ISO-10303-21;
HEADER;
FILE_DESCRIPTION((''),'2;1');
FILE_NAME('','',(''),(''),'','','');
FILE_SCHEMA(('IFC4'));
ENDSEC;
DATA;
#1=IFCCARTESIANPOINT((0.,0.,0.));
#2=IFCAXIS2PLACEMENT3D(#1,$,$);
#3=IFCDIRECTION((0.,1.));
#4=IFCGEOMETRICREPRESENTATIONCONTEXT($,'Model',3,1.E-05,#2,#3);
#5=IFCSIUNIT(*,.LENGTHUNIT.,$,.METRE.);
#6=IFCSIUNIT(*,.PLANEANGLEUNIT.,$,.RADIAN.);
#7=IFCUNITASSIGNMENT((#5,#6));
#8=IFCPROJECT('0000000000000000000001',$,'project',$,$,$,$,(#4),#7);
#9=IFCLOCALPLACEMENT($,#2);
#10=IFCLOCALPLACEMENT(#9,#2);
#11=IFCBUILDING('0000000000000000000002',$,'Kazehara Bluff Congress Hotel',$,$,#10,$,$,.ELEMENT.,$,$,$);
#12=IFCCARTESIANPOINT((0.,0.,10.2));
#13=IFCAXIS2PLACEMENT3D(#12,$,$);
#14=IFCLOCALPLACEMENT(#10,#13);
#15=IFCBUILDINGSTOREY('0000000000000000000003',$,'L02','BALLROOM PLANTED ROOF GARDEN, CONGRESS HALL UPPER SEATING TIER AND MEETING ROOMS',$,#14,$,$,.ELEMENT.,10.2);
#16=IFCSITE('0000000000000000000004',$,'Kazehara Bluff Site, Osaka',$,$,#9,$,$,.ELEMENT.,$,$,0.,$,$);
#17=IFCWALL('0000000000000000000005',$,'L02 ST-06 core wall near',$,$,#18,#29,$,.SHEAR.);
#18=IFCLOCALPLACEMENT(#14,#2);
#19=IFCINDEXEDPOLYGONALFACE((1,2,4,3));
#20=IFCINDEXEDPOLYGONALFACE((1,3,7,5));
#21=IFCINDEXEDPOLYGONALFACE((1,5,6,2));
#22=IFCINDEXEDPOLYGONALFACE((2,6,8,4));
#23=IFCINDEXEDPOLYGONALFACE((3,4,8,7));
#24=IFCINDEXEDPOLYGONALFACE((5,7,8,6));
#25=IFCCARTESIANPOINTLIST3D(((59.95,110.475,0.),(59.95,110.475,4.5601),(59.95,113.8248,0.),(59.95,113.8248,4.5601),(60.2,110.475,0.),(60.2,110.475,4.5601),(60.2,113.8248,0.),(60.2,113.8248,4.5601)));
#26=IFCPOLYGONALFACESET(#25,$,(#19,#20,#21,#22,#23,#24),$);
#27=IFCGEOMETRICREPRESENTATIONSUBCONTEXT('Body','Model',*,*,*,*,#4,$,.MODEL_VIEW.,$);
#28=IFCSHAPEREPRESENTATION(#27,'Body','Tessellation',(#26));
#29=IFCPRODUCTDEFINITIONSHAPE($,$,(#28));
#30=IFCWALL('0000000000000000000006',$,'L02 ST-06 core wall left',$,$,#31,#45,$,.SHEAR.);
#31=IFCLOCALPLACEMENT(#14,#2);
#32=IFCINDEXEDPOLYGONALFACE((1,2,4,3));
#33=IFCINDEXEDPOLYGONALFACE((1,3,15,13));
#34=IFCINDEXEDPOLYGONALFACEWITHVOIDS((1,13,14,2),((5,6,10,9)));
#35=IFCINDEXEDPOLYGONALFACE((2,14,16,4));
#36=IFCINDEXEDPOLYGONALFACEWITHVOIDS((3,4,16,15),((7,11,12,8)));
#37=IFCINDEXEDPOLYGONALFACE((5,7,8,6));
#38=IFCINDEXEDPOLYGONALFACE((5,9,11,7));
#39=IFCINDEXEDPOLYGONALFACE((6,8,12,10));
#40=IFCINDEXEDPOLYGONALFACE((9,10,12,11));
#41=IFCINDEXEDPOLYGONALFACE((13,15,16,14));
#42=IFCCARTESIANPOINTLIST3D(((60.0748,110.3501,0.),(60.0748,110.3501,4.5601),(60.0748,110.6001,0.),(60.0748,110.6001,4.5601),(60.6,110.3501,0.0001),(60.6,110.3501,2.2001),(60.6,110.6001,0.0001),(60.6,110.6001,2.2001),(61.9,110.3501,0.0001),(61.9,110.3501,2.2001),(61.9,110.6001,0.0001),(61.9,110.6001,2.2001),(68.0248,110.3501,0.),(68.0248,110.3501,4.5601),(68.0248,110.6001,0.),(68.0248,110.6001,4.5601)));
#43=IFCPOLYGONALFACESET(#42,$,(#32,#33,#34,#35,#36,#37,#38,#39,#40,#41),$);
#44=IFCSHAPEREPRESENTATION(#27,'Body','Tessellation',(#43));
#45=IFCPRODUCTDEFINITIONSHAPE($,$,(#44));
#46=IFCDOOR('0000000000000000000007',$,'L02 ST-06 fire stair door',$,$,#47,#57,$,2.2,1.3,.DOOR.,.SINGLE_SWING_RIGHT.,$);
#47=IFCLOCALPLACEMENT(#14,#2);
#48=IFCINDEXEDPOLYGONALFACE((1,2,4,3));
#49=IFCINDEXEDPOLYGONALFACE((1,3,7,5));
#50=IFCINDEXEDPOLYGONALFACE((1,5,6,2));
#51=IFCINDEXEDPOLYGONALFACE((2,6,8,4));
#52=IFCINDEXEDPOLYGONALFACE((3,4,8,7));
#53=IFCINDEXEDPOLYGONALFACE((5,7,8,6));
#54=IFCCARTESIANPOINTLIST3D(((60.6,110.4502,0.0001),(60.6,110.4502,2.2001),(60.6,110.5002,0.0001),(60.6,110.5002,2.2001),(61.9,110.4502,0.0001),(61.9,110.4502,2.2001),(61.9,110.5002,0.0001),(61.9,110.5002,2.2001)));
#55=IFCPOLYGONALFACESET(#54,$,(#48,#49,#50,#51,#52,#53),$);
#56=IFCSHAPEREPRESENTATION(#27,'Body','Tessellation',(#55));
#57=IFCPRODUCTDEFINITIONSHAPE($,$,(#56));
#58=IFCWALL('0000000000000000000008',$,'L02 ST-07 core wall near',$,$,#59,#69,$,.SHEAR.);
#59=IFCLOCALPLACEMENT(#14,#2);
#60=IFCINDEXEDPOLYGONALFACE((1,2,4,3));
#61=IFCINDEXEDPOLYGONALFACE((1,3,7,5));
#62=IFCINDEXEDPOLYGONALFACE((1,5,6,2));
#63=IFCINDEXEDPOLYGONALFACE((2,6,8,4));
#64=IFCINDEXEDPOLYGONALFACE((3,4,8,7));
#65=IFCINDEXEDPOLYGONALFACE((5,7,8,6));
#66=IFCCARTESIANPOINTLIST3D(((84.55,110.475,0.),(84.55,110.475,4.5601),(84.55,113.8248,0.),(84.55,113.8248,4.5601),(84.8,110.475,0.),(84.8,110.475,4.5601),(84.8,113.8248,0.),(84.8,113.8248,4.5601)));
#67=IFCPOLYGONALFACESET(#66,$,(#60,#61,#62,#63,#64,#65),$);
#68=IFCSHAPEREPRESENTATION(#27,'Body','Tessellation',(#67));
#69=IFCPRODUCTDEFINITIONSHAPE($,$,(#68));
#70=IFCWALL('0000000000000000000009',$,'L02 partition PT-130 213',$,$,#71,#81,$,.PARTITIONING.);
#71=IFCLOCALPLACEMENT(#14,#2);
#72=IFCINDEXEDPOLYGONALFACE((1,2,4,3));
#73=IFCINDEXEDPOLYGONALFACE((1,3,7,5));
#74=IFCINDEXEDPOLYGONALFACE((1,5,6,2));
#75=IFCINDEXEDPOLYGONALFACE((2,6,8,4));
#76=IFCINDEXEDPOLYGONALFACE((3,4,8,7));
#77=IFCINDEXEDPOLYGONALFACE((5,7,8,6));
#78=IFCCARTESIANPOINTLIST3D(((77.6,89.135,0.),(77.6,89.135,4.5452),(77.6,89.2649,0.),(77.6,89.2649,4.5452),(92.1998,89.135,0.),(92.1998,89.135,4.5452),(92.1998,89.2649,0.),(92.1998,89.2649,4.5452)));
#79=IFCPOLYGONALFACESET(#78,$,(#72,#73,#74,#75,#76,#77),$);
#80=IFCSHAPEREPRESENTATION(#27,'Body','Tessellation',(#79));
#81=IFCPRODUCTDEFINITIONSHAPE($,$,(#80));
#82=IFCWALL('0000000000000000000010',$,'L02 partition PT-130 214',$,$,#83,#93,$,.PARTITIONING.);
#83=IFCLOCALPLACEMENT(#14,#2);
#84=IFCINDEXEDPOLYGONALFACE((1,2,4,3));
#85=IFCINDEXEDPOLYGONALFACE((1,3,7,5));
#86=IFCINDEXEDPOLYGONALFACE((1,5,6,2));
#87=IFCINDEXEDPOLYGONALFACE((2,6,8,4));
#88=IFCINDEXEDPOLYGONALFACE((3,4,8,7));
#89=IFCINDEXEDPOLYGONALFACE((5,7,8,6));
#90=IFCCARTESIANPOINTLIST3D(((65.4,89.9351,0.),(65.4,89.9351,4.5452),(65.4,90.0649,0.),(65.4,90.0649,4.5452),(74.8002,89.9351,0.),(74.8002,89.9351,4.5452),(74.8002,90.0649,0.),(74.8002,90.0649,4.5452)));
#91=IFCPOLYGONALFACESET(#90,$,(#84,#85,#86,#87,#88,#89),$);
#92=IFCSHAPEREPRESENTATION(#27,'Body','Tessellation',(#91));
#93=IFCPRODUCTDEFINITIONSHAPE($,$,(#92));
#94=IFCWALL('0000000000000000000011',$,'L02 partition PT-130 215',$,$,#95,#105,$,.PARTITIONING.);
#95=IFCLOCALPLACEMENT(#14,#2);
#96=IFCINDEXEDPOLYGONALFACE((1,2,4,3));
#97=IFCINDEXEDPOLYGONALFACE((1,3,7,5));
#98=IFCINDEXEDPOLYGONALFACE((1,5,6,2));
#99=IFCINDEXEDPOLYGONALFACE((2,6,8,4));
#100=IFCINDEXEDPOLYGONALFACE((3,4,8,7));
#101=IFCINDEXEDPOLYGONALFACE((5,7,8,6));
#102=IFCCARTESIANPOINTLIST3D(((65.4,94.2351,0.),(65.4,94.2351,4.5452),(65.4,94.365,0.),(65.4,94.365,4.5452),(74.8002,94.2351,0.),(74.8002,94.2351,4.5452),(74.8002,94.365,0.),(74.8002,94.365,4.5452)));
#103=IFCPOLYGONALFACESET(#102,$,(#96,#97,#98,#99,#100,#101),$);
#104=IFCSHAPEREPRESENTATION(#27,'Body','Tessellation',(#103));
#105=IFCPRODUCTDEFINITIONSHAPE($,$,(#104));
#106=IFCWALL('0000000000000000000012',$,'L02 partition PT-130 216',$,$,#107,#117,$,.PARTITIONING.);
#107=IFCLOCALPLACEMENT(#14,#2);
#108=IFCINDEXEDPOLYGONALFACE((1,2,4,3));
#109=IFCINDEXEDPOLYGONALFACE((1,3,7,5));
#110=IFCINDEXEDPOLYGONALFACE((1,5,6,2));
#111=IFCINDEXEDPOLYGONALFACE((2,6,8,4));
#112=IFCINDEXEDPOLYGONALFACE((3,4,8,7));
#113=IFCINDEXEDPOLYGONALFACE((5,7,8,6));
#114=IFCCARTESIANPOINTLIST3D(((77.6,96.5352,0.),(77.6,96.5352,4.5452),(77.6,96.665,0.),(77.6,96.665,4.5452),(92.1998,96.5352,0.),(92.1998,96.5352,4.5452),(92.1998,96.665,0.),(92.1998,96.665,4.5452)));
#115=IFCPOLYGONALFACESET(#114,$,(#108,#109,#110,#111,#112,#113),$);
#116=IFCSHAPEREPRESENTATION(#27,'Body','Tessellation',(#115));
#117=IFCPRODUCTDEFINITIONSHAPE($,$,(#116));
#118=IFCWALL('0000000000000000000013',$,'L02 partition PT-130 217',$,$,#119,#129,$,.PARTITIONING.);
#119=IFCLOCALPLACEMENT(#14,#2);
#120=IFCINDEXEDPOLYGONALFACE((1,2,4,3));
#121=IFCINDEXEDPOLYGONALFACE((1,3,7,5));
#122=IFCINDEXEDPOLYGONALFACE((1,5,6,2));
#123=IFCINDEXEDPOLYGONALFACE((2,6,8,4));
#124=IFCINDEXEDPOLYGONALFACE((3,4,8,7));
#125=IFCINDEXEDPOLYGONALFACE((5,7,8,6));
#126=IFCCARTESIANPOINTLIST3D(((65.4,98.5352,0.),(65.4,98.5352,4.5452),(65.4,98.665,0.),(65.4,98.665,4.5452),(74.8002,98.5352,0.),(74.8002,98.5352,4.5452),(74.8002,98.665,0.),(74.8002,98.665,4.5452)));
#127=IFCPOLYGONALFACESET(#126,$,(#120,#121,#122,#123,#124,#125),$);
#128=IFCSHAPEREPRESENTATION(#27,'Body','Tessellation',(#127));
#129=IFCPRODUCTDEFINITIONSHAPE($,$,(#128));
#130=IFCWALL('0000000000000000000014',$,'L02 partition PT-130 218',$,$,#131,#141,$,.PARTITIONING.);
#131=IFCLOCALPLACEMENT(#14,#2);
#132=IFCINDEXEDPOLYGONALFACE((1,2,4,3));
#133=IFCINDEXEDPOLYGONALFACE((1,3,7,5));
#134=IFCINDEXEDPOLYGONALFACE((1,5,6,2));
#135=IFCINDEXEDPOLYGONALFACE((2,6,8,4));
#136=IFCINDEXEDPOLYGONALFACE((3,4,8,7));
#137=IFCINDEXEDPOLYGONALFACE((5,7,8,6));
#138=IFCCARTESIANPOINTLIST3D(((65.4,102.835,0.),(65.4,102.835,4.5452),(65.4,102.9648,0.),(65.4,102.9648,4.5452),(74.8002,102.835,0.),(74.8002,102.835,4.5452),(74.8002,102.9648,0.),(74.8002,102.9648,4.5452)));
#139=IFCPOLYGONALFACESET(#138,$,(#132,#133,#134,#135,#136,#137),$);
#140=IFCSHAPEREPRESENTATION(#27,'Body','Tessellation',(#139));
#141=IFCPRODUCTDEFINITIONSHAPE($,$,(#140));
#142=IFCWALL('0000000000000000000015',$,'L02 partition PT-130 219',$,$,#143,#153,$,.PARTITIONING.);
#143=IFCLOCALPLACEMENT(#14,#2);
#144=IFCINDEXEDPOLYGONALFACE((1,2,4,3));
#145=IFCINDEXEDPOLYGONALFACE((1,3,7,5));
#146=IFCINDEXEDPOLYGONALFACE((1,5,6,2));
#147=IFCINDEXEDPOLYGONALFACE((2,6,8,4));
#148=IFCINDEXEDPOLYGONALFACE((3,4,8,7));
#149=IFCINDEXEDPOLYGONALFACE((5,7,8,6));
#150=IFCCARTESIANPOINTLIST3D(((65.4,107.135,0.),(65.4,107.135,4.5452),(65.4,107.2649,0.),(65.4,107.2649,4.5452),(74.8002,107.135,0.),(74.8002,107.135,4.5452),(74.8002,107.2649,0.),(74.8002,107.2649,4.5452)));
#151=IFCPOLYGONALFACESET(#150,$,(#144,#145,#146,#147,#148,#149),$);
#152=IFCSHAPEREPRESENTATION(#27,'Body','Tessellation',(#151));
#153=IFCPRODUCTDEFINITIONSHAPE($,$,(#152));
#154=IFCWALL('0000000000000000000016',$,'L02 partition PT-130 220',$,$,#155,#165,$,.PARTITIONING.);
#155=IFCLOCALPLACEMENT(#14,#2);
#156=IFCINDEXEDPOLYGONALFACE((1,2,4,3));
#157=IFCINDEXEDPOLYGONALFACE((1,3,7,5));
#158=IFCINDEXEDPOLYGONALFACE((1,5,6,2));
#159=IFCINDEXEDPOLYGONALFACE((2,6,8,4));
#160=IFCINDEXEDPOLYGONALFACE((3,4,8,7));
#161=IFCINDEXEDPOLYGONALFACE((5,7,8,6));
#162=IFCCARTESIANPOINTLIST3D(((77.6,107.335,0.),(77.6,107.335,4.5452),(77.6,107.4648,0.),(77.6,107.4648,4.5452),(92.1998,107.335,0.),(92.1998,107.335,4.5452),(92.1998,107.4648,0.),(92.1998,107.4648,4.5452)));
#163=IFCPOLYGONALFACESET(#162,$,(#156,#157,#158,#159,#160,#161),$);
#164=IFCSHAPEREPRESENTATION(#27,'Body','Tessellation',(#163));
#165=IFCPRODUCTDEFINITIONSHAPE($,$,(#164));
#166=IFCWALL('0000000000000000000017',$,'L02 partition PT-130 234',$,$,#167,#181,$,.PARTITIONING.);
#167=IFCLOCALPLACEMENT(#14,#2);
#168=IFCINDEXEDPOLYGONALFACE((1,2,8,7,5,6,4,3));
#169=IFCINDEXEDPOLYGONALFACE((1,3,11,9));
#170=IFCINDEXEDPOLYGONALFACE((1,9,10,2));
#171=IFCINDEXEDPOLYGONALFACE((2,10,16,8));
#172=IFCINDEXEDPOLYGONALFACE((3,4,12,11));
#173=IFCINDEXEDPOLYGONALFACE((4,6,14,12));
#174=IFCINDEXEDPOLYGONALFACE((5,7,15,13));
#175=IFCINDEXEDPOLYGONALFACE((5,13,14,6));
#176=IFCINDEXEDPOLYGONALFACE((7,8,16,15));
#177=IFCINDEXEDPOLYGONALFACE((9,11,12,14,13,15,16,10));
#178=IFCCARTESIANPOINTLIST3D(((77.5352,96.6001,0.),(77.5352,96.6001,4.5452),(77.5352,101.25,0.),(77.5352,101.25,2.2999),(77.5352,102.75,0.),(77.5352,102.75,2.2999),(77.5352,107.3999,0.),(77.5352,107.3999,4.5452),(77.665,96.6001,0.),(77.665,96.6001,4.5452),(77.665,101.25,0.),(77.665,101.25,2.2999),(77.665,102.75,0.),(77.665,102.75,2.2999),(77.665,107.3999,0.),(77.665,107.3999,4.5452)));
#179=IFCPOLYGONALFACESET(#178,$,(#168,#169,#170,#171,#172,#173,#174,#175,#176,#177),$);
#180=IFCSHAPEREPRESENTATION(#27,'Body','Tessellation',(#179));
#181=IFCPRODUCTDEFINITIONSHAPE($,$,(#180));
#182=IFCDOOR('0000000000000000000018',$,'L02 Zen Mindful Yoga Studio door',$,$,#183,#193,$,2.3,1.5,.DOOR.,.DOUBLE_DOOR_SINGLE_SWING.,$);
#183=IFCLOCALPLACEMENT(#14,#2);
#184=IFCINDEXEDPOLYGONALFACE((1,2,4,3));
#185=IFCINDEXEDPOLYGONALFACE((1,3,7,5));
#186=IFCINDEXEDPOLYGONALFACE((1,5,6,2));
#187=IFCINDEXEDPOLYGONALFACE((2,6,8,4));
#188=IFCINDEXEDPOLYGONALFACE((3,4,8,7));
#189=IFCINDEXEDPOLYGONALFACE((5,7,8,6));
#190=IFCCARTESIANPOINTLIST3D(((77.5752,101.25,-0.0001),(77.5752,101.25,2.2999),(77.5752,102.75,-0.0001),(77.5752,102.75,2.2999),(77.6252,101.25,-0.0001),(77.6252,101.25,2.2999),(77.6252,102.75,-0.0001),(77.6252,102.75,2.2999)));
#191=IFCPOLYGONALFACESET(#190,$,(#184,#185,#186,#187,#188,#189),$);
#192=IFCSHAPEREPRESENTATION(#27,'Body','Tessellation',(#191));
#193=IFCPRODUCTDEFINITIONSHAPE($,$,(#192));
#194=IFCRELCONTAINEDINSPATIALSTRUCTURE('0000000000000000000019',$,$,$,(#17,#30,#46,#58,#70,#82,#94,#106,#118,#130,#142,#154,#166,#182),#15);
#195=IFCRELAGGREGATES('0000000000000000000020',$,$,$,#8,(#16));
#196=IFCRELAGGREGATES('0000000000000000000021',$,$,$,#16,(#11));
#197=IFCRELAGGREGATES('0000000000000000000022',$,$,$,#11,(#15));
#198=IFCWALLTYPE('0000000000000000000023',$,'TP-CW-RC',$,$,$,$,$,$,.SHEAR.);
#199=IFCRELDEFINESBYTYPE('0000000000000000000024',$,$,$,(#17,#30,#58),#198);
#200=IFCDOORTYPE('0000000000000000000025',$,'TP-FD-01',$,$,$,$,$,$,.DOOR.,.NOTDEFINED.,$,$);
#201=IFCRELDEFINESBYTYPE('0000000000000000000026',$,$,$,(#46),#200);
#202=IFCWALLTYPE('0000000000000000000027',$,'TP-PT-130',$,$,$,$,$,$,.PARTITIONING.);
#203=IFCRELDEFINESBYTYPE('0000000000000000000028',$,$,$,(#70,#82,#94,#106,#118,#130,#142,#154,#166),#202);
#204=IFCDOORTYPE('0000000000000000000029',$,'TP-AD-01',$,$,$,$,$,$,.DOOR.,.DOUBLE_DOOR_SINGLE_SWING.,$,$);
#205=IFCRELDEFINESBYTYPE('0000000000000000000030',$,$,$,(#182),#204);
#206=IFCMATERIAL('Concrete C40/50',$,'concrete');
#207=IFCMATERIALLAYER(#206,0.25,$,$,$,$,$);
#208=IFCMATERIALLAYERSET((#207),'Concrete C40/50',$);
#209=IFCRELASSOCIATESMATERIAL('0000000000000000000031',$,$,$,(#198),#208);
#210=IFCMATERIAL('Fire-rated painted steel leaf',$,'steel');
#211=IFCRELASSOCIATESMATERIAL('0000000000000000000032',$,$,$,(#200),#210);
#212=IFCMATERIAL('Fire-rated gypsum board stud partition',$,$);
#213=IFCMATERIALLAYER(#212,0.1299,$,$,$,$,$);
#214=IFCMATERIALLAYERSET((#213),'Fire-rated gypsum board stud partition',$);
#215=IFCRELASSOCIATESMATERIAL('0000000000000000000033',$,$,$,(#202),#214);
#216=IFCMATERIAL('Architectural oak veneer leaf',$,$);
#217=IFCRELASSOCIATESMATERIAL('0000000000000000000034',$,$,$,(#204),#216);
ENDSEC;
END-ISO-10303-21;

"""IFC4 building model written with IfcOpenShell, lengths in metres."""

from ifc_helpers import new_model, si_unit, direction, frame, frame_2d, origin, place, context, subcontext, project, spatial, rectangle, extrude, material, layer, layer_set, type_object, element, fill, save


model = new_model("IFC4")

# Units and contexts
model_context = context("Model", 3, precision=1e-05, world=origin(), true_north=direction((0.0, 1.0)))
body_context = subcontext(model_context, "Body", "Model", "MODEL_VIEW")
ifc_project = project(units=[si_unit("LENGTHUNIT", "METRE"), si_unit("PLANEANGLEUNIT", "RADIAN")], contexts=[model_context])

# Site, building, storey
site_placement = place(None, origin())
site = spatial("IfcSite", under=ifc_project, at=site_placement, Name="Kazehara Bluff Site, Osaka", CompositionType="ELEMENT", RefElevation=0.0)
building_placement = place(site_placement, origin())
building = spatial("IfcBuilding", under=site, at=building_placement, Name="Kazehara Bluff Congress Hotel", CompositionType="ELEMENT")
storey_placement = place(building_placement, frame((0.0, 0.0, 10.2)))
storey = spatial("IfcBuildingStorey", under=building, at=storey_placement, Name="L02", Description="BALLROOM PLANTED ROOF GARDEN, CONGRESS HALL UPPER SEATING TIER AND MEETING ROOMS", CompositionType="ELEMENT", Elevation=10.2)

# Wall
ifc_material_1 = material(Name="Concrete C40/50", Category="concrete")
ifc_layer_1 = layer(ifc_material_1, 0.25)
ifc_layer_set_1 = layer_set([ifc_layer_1], Name="Concrete C40/50")
wall_type_1 = type_object("IfcWallType", Name="TP-CW-RC", PredefinedType="SHEAR", material=ifc_layer_set_1)
wall_1_placement = place(storey_placement, frame((60.075, 110.4751, 0.0), z_axis=(0.0, 0.0, 1.0), x_axis=(0.0, 1.0, 0.0)))
element("IfcWall", 1, at=wall_1_placement, inside=storey, type_object=wall_type_1, Name="L02 ST-06 core wall near", PredefinedType="SHEAR", context=body_context, shape_type="SweptSolid", body=[
    extrude(rectangle(XDim=3.3499, YDim=0.25, at=frame_2d((1.6748, 0.0))), origin(), (0.0, 0.0, 1.0), 4.5601),
])

# Wall, opening, door
wall_2_placement = place(storey_placement, frame((68.0249, 110.4751, 0.0), z_axis=(0.0, 0.0, 1.0), x_axis=(-1.0, 0.0, 0.0)))
wall_2 = element("IfcWall", 2, at=wall_2_placement, inside=storey, type_object=wall_type_1, Name="L02 ST-06 core wall left", PredefinedType="SHEAR", context=body_context, shape_type="SweptSolid", body=[
    extrude(rectangle(XDim=7.95, YDim=0.25, at=frame_2d((3.9751, 0.0))), origin(), (0.0, 0.0, 1.0), 4.5601),
])
opening_1_placement = place(wall_2_placement, frame((6.125, 0.0, 0.0)))
opening_1 = element("IfcOpeningElement", 3, at=opening_1_placement, cuts=wall_2, PredefinedType="OPENING", context=body_context, shape_type="SweptSolid", body=[
    extrude(rectangle(XDim=1.3, YDim=2.2, at=frame_2d((0.6499, 1.1001))), frame((0.0, 0.135, 0.0), z_axis=(0.0, -1.0, 0.0), x_axis=(1.0, 0.0, 0.0)), (0.0, 0.0, 1.0), 0.27),
])
ifc_material_2 = material(Name="Fire-rated painted steel leaf", Category="steel")
door_type_1 = type_object("IfcDoorType", Name="TP-FD-01", OperationType="NOTDEFINED", PredefinedType="DOOR", material=ifc_material_2)
door_1_placement = place(opening_1_placement, origin())
door_1 = element("IfcDoor", 4, at=door_1_placement, inside=storey, type_object=door_type_1, Name="L02 ST-06 fire stair door", OperationType="SINGLE_SWING_RIGHT", OverallHeight=2.2, OverallWidth=1.3, PredefinedType="DOOR", context=body_context, shape_type="SweptSolid", body=[
    extrude(rectangle(XDim=1.3, YDim=2.2, at=frame_2d((0.6499, 1.1001))), frame((0.0, 0.0249, 0.0), z_axis=(0.0, -1.0, 0.0), x_axis=(1.0, 0.0, 0.0)), (0.0, 0.0, 1.0), 0.05),
])
fill(opening_1, door_1)

# Walls
wall_3_placement = place(storey_placement, frame((84.675, 110.4751, 0.0), z_axis=(0.0, 0.0, 1.0), x_axis=(0.0, 1.0, 0.0)))
element("IfcWall", 5, at=wall_3_placement, inside=storey, type_object=wall_type_1, Name="L02 ST-07 core wall near", PredefinedType="SHEAR", context=body_context, shape_type="SweptSolid", body=[
    extrude(rectangle(XDim=3.3499, YDim=0.25, at=frame_2d((1.6748, 0.0))), origin(), (0.0, 0.0, 1.0), 4.5601),
])
ifc_material_3 = material(Name="Fire-rated gypsum board stud partition")
ifc_layer_2 = layer(ifc_material_3, 0.1299)
ifc_layer_set_2 = layer_set([ifc_layer_2], Name="Fire-rated gypsum board stud partition")
wall_type_2 = type_object("IfcWallType", Name="TP-PT-130", PredefinedType="PARTITIONING", material=ifc_layer_set_2)
wall_4_placement = place(storey_placement, frame((77.6001, 89.2, 0.0), z_axis=(0.0, 0.0, 1.0), x_axis=(1.0, 0.0, 0.0)))
element("IfcWall", 6, at=wall_4_placement, inside=storey, type_object=wall_type_2, Name="L02 partition PT-130 213", PredefinedType="PARTITIONING", context=body_context, shape_type="SweptSolid", body=[
    extrude(rectangle(XDim=14.5999, YDim=0.1299, at=frame_2d((7.2998, 0.0))), origin(), (0.0, 0.0, 1.0), 4.5452),
])
for number, where, z_axis, x_axis, name in (
    (7, (65.3999, 90.0, 0.0), (0.0, 0.0, 1.0), (1.0, 0.0, 0.0), "L02 partition PT-130 214"),
    (8, (65.3999, 94.3, 0.0), (0.0, 0.0, 1.0), (1.0, 0.0, 0.0), "L02 partition PT-130 215"),
):
    element("IfcWall", number, at=place(storey_placement, frame(where, z_axis=z_axis, x_axis=x_axis)), inside=storey, type_object=wall_type_2, Name=name, PredefinedType="PARTITIONING", context=body_context, shape_type="SweptSolid", body=[
        extrude(rectangle(XDim=9.4001, YDim=0.1299, at=frame_2d((4.7002, 0.0))), origin(), (0.0, 0.0, 1.0), 4.5452),
    ])
wall_5_placement = place(storey_placement, frame((77.6001, 96.6001, 0.0), z_axis=(0.0, 0.0, 1.0), x_axis=(1.0, 0.0, 0.0)))
element("IfcWall", 9, at=wall_5_placement, inside=storey, type_object=wall_type_2, Name="L02 partition PT-130 216", PredefinedType="PARTITIONING", context=body_context, shape_type="SweptSolid", body=[
    extrude(rectangle(XDim=14.5999, YDim=0.1299, at=frame_2d((7.2998, 0.0))), origin(), (0.0, 0.0, 1.0), 4.5452),
])
for number, where, z_axis, x_axis, name in (
    (10, (65.3999, 98.6001, 0.0), (0.0, 0.0, 1.0), (1.0, 0.0, 0.0), "L02 partition PT-130 217"),
    (11, (65.3999, 102.8999, 0.0), (0.0, 0.0, 1.0), (1.0, 0.0, 0.0), "L02 partition PT-130 218"),
    (12, (65.3999, 107.2, 0.0), (0.0, 0.0, 1.0), (1.0, 0.0, 0.0), "L02 partition PT-130 219"),
):
    element("IfcWall", number, at=place(storey_placement, frame(where, z_axis=z_axis, x_axis=x_axis)), inside=storey, type_object=wall_type_2, Name=name, PredefinedType="PARTITIONING", context=body_context, shape_type="SweptSolid", body=[
        extrude(rectangle(XDim=9.4001, YDim=0.1299, at=frame_2d((4.7002, 0.0))), origin(), (0.0, 0.0, 1.0), 4.5452),
    ])
wall_6_placement = place(storey_placement, frame((77.6001, 107.3999, 0.0), z_axis=(0.0, 0.0, 1.0), x_axis=(1.0, 0.0, 0.0)))
element("IfcWall", 13, at=wall_6_placement, inside=storey, type_object=wall_type_2, Name="L02 partition PT-130 220", PredefinedType="PARTITIONING", context=body_context, shape_type="SweptSolid", body=[
    extrude(rectangle(XDim=14.5999, YDim=0.1299, at=frame_2d((7.2998, 0.0))), origin(), (0.0, 0.0, 1.0), 4.5452),
])

# Wall, opening, door
wall_7_placement = place(storey_placement, frame((77.6001, 96.6001, 0.0), z_axis=(0.0, 0.0, 1.0), x_axis=(0.0, 1.0, 0.0)))
wall_7 = element("IfcWall", 14, at=wall_7_placement, inside=storey, type_object=wall_type_2, Name="L02 partition PT-130 234", PredefinedType="PARTITIONING", context=body_context, shape_type="SweptSolid", body=[
    extrude(rectangle(XDim=10.7998, YDim=0.1299, at=frame_2d((5.3999, 0.0))), origin(), (0.0, 0.0, 1.0), 4.5452),
])
opening_2_placement = place(wall_7_placement, frame((4.6499, 0.0, 0.0)))
opening_2 = element("IfcOpeningElement", 15, at=opening_2_placement, cuts=wall_7, PredefinedType="OPENING", context=body_context, shape_type="SweptSolid", body=[
    extrude(rectangle(XDim=1.5, YDim=2.3, at=frame_2d((0.75, 1.1499))), frame((0.0, 0.075, 0.0), z_axis=(0.0, -1.0, 0.0), x_axis=(1.0, 0.0, 0.0)), (0.0, 0.0, 1.0), 0.1499),
])
ifc_material_4 = material(Name="Architectural oak veneer leaf")
door_type_2 = type_object("IfcDoorType", Name="TP-AD-01", OperationType="DOUBLE_DOOR_SINGLE_SWING", PredefinedType="DOOR", material=ifc_material_4)
door_2_placement = place(opening_2_placement, origin())
door_2 = element("IfcDoor", 16, at=door_2_placement, inside=storey, type_object=door_type_2, Name="L02 Zen Mindful Yoga Studio door", OperationType="DOUBLE_DOOR_SINGLE_SWING", OverallHeight=2.3, OverallWidth=1.5, PredefinedType="DOOR", context=body_context, shape_type="SweptSolid", body=[
    extrude(rectangle(XDim=1.5, YDim=2.3, at=frame_2d((0.75, 1.1499))), frame((0.0, 0.0249, 0.0), z_axis=(0.0, -1.0, 0.0), x_axis=(1.0, 0.0, 0.0)), (0.0, 0.0, 1.0), 0.05),
])
fill(opening_2, door_2)

save(model, "model.ifc")
